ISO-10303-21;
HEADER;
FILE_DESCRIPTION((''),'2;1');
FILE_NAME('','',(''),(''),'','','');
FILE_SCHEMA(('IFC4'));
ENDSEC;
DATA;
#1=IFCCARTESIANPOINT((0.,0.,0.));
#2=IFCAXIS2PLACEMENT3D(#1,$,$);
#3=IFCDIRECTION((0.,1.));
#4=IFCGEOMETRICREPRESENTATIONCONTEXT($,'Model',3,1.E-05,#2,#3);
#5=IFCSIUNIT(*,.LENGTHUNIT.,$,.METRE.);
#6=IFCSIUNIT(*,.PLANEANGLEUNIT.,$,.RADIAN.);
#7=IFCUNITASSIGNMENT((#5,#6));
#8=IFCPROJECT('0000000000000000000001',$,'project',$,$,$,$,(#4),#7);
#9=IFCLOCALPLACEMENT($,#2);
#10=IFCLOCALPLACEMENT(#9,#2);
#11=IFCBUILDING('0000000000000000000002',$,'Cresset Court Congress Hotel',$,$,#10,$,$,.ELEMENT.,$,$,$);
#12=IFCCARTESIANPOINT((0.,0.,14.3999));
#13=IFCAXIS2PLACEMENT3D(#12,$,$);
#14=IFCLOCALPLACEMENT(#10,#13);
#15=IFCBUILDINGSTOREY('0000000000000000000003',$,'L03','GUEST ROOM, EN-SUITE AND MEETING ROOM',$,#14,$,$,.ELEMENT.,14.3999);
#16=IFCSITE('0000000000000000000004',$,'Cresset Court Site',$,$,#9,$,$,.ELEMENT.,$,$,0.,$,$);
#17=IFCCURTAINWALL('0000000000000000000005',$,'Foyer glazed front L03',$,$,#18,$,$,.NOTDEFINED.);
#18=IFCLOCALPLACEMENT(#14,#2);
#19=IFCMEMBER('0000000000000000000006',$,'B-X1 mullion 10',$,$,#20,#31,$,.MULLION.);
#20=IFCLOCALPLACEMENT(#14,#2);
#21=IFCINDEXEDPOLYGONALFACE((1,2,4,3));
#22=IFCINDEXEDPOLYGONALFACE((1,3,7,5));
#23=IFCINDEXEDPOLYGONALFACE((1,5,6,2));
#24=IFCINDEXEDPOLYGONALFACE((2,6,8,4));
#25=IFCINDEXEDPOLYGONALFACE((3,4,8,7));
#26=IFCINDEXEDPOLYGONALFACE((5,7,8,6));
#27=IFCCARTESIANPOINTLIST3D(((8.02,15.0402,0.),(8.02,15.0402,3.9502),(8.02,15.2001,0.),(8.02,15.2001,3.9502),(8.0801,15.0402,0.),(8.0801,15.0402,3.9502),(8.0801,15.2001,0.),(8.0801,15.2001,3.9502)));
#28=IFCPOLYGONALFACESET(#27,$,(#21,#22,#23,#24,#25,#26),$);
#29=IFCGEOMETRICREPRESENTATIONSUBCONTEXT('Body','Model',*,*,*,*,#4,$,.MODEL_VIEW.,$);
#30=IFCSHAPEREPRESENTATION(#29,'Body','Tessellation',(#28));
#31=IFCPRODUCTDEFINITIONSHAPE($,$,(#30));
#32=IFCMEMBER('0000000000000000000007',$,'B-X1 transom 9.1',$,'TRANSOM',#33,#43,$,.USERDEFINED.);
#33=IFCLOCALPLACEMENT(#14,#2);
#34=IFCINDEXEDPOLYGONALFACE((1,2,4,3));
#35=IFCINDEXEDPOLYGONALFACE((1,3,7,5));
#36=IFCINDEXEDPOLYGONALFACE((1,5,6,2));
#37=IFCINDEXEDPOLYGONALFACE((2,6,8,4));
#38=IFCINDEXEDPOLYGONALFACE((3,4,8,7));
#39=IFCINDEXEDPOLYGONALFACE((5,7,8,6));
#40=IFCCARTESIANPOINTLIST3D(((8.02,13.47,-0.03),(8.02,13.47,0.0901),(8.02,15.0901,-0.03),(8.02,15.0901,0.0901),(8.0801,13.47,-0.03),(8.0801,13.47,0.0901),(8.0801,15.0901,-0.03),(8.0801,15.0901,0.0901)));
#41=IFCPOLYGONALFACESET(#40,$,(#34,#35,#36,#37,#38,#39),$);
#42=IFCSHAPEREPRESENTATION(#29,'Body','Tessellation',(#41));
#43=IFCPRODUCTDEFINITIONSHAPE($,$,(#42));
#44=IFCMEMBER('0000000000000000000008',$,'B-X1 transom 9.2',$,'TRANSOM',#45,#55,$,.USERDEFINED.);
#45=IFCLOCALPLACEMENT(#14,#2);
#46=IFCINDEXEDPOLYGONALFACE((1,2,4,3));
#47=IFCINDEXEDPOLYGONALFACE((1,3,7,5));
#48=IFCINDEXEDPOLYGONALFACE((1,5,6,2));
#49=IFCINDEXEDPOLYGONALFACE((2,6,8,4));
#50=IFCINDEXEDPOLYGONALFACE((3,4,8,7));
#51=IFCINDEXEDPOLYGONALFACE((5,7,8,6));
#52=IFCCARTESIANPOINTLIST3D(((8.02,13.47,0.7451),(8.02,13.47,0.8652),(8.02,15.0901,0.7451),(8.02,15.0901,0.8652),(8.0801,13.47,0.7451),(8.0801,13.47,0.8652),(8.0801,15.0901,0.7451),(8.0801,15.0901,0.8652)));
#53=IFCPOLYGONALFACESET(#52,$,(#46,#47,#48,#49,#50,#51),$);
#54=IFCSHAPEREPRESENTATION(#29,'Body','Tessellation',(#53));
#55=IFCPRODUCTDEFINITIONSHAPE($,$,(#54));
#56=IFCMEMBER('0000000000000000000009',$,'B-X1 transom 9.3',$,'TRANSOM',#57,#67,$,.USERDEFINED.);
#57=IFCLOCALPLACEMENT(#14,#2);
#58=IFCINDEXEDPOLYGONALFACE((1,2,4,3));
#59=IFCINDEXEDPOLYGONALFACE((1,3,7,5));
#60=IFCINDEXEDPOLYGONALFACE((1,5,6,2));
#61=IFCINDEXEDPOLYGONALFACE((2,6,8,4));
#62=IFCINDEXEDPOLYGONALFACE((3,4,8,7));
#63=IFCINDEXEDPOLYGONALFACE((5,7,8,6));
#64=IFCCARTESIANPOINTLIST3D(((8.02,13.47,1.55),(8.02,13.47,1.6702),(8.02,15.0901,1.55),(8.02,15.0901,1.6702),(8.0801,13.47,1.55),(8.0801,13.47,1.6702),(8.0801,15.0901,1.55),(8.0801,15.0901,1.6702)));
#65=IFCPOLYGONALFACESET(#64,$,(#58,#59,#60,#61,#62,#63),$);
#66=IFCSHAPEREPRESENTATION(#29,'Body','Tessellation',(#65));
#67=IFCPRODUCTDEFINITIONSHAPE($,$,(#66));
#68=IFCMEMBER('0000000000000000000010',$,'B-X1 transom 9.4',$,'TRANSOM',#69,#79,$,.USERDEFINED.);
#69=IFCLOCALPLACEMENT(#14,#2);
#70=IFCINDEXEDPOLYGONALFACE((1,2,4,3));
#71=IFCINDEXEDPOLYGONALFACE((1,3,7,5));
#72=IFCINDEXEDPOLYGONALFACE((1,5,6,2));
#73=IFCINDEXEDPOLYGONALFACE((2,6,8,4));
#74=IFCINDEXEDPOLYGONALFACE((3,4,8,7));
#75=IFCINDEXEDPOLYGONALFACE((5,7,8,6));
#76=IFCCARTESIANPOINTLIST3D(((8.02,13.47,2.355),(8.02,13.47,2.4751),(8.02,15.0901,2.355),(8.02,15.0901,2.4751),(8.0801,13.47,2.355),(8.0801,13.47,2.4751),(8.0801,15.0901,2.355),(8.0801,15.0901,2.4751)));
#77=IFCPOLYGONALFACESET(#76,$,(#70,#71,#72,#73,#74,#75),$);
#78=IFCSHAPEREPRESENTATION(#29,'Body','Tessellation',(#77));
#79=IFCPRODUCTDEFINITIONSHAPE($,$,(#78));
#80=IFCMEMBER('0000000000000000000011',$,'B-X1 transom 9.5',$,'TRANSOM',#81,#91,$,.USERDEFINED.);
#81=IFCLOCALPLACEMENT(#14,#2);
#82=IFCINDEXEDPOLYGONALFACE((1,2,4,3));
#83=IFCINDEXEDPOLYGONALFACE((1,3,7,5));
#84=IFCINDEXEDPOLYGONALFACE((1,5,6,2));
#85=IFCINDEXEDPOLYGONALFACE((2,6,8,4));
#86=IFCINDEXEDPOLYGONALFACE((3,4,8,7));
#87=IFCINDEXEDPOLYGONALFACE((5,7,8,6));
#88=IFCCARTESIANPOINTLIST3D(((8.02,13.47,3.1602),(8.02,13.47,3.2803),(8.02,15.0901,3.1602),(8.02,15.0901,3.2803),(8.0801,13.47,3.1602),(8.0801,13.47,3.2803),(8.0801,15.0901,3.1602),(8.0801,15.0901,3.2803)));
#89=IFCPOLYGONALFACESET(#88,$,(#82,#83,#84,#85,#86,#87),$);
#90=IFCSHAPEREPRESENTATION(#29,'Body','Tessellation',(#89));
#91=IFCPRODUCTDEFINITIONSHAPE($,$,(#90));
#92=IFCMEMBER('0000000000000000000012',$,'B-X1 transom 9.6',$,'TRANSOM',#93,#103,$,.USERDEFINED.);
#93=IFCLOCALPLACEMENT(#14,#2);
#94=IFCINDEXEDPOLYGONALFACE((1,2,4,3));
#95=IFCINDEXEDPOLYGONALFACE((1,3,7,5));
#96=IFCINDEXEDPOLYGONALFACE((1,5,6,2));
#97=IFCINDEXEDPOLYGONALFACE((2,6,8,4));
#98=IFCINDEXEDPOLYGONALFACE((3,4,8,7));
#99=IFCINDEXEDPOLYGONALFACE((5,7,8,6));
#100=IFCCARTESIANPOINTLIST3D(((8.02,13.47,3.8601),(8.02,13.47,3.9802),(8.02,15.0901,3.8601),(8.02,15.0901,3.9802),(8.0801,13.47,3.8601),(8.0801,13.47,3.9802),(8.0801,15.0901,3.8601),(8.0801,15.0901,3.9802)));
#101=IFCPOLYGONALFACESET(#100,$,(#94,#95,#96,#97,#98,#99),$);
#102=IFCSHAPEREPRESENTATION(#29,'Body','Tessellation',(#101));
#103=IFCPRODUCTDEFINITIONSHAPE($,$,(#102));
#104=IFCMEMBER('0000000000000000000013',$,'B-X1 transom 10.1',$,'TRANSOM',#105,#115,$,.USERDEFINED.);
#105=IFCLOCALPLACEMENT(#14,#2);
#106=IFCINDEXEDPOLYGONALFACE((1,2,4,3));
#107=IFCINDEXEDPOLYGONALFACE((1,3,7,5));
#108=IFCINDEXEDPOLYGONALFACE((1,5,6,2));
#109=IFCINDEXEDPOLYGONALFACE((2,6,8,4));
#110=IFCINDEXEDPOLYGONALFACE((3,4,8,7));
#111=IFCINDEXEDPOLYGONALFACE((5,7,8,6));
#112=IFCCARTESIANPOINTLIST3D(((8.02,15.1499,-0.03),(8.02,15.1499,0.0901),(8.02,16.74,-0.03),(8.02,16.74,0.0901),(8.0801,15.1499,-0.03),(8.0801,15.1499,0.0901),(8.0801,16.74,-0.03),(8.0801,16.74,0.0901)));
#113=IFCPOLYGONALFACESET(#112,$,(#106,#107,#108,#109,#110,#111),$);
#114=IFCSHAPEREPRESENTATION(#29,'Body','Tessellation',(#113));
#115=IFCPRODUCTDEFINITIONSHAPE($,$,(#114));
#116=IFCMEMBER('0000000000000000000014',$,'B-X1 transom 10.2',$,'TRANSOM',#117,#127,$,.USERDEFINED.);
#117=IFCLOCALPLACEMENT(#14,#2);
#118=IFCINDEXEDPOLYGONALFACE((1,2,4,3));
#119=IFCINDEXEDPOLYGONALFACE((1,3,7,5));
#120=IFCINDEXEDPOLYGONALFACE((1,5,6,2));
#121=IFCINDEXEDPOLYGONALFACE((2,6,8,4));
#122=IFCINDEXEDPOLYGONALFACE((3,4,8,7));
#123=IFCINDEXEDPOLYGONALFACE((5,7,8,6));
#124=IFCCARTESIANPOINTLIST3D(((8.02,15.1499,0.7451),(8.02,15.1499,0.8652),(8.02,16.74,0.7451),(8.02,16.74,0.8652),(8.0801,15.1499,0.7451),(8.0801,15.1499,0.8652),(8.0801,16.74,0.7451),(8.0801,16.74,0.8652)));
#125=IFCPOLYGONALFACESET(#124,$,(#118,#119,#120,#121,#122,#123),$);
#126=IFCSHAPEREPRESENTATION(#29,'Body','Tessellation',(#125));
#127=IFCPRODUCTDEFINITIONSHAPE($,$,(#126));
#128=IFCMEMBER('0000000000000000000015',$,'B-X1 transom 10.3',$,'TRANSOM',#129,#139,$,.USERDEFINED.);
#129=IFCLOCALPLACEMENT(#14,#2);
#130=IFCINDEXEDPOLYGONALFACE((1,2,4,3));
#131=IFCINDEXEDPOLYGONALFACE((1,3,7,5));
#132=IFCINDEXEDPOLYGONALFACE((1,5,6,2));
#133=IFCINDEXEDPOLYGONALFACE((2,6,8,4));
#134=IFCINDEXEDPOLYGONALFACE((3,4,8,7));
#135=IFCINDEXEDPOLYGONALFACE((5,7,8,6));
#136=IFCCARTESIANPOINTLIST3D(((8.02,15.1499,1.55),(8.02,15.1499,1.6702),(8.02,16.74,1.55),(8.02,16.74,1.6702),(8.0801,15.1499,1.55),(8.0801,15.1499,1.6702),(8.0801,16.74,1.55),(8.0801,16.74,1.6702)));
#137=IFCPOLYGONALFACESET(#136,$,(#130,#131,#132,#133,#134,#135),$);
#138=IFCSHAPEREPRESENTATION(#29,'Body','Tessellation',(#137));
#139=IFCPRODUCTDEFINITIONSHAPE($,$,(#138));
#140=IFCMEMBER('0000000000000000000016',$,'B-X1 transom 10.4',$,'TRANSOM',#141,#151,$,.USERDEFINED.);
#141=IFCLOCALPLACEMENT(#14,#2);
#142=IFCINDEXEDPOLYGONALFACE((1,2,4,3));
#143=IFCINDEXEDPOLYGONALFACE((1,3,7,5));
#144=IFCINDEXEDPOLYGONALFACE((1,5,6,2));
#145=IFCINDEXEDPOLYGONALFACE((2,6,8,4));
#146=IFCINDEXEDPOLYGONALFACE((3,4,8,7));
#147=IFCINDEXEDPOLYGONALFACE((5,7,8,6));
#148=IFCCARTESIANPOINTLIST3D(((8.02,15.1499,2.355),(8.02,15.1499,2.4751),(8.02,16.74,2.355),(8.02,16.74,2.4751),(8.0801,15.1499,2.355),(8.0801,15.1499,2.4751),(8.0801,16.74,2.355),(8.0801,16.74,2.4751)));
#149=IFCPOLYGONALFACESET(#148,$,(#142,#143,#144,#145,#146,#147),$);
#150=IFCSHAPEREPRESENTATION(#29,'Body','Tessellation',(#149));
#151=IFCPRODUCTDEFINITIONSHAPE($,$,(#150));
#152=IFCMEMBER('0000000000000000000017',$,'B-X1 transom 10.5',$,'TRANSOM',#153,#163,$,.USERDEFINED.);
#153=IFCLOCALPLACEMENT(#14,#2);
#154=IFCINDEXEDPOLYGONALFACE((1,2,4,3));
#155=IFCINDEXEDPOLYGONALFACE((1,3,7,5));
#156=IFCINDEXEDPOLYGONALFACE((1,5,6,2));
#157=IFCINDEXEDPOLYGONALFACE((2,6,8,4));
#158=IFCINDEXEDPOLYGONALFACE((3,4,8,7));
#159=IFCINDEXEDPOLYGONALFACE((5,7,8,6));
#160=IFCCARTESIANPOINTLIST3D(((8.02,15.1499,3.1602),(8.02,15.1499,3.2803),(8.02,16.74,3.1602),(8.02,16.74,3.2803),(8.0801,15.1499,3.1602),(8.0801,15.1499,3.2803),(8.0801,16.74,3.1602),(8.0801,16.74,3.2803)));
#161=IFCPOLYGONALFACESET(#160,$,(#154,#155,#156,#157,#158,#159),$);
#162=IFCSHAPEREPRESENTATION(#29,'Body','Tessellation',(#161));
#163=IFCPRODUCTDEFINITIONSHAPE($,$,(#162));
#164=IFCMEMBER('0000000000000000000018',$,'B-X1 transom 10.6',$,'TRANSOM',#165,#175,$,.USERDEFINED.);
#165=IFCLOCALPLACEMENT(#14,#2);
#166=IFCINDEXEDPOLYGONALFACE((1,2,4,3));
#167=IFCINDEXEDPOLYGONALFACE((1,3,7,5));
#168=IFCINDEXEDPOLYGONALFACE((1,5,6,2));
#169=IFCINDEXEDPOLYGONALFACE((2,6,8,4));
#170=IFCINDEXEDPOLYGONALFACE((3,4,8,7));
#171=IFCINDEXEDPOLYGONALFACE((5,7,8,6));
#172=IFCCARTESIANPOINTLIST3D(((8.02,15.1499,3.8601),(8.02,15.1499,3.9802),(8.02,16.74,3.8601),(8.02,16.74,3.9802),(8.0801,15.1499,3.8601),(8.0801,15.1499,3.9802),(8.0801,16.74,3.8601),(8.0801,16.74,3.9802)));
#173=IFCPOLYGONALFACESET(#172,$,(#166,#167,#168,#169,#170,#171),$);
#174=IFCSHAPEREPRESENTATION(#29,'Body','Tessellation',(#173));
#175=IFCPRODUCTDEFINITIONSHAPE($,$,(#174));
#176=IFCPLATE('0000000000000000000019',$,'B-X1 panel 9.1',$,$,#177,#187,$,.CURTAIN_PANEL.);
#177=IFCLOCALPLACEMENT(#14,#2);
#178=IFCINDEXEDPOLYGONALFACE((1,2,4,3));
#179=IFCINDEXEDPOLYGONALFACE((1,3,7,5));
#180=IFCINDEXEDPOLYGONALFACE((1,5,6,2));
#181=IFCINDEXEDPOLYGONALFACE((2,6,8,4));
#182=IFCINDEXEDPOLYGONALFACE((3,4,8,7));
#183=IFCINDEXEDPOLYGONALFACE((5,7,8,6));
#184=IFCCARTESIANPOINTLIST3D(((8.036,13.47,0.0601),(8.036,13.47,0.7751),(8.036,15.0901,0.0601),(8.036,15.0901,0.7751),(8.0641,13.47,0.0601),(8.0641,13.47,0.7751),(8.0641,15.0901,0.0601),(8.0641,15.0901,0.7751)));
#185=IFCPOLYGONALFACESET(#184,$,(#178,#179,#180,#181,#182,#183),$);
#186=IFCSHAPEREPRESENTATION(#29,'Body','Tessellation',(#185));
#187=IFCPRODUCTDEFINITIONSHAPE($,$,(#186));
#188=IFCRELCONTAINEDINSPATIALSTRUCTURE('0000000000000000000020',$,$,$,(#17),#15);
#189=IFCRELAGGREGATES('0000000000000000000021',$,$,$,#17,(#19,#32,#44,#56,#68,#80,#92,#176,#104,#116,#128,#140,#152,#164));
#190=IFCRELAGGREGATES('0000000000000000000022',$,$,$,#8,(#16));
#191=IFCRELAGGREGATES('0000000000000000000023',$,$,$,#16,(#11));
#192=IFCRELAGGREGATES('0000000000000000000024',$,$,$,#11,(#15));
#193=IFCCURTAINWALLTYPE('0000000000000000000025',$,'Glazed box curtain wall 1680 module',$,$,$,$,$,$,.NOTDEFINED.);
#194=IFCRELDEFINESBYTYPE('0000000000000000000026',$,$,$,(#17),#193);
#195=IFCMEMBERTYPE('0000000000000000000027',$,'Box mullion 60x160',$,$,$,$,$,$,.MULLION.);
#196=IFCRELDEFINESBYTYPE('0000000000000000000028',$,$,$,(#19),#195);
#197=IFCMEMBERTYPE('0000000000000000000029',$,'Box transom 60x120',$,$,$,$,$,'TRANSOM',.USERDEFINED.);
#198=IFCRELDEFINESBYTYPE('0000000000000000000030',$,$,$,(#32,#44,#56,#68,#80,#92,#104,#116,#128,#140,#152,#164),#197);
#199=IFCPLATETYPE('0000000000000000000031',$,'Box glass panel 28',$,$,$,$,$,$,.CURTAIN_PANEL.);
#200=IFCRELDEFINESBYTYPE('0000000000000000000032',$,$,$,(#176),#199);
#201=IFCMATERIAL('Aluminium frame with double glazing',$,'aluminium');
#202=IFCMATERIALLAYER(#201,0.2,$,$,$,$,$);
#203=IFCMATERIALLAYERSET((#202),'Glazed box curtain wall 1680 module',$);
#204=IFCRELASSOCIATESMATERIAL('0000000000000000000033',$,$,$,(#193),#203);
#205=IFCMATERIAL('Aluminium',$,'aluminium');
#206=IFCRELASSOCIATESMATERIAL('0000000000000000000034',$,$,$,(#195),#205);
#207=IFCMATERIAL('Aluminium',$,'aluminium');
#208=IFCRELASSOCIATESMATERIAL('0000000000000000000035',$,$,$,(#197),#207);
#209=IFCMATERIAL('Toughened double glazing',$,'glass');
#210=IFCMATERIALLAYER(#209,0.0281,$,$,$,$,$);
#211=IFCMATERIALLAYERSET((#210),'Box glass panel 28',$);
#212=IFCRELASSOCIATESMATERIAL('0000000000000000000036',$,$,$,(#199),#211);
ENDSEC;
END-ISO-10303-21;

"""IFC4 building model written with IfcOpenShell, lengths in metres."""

from ifc_helpers import new_model, si_unit, direction, frame, origin, origin_2d, place, context, subcontext, project, spatial, rectangle, extrude, material, layer, layer_set, material_profile, profile_set, type_object, element, aggregate, save


model = new_model("IFC4")

# Units and contexts
model_context = context("Model", 3, precision=1e-05, world=origin(), true_north=direction((0.0, 1.0)))
body_context = subcontext(model_context, "Body", "Model", "MODEL_VIEW")
ifc_project = project(units=[si_unit("LENGTHUNIT", "METRE"), si_unit("PLANEANGLEUNIT", "RADIAN")], contexts=[model_context])

# Site, building, storey
site_placement = place(None, origin())
site = spatial("IfcSite", under=ifc_project, at=site_placement, Name="Cresset Court Site", CompositionType="ELEMENT", RefElevation=0.0)
building_placement = place(site_placement, origin())
building = spatial("IfcBuilding", under=site, at=building_placement, Name="Cresset Court Congress Hotel", CompositionType="ELEMENT")
storey_placement = place(building_placement, frame((0.0, 0.0, 14.3999)))
storey = spatial("IfcBuildingStorey", under=building, at=storey_placement, Name="L03", Description="GUEST ROOM, EN-SUITE AND MEETING ROOM", CompositionType="ELEMENT", Elevation=14.3999)

# Curtain wall, members, plate
ifc_material_1 = material(Name="Aluminium frame with double glazing", Category="aluminium")
ifc_layer_1 = layer(ifc_material_1, 0.2)
ifc_layer_set_1 = layer_set([ifc_layer_1], Name="Glazed box curtain wall 1680 module")
curtain_wall_type = type_object("IfcCurtainWallType", Name="Glazed box curtain wall 1680 module", PredefinedType="NOTDEFINED", material=ifc_layer_set_1)
curtain_wall_placement = place(storey_placement, origin())
curtain_wall = element("IfcCurtainWall", 1, at=curtain_wall_placement, inside=storey, type_object=curtain_wall_type, Name="Foyer glazed front L03", PredefinedType="NOTDEFINED")
ifc_material_2 = material(Name="Aluminium", Category="aluminium")
ifc_material_profile_1 = material_profile(ifc_material_2, rectangle(XDim=0.0601, YDim=0.1599, at=origin_2d()), Name="Box mullion 60x160")
ifc_profile_set_1 = profile_set([ifc_material_profile_1], Name="Aluminium")
member_type_1 = type_object("IfcMemberType", Name="Box mullion 60x160", PredefinedType="MULLION", material=ifc_profile_set_1)
member_1_placement = place(storey_placement, frame((8.05, 15.1201, 0.0), z_axis=(0.0, 0.0, 1.0), x_axis=(-1.0, 0.0, 0.0)))
member_1 = element("IfcMember", 2, at=member_1_placement, type_object=member_type_1, Name="B-X1 mullion 10", PredefinedType="MULLION", context=body_context, shape_type="SweptSolid", body=[
    extrude(rectangle(XDim=0.0601, YDim=0.1599, at=origin_2d()), origin(), (0.0, 0.0, 1.0), 3.9502),
])
ifc_material_3 = material(Name="Aluminium", Category="aluminium")
ifc_material_profile_2 = material_profile(ifc_material_3, rectangle(XDim=0.0601, YDim=0.1201, at=origin_2d()), Name="Box transom 60x120")
ifc_profile_set_2 = profile_set([ifc_material_profile_2], Name="Aluminium")
member_type_2 = type_object("IfcMemberType", Name="Box transom 60x120", ElementType="TRANSOM", PredefinedType="USERDEFINED", material=ifc_profile_set_2)
member_2_placement = place(storey_placement, frame((8.05, 13.47, 0.03), z_axis=(0.0, 1.0, 0.0), x_axis=(-1.0, 0.0, 0.0)))
member_2 = element("IfcMember", 3, at=member_2_placement, type_object=member_type_2, Name="B-X1 transom 9.1", ObjectType="TRANSOM", PredefinedType="USERDEFINED", context=body_context, shape_type="SweptSolid", body=[
    extrude(rectangle(XDim=0.0601, YDim=0.1201, at=origin_2d()), origin(), (0.0, 0.0, 1.0), 1.6201),
])
member_3_placement = place(storey_placement, frame((8.05, 13.47, 0.8052), z_axis=(0.0, 1.0, 0.0), x_axis=(-1.0, 0.0, 0.0)))
member_3 = element("IfcMember", 4, at=member_3_placement, type_object=member_type_2, Name="B-X1 transom 9.2", ObjectType="TRANSOM", PredefinedType="USERDEFINED", context=body_context, shape_type="SweptSolid", body=[
    extrude(rectangle(XDim=0.0601, YDim=0.1201, at=origin_2d()), origin(), (0.0, 0.0, 1.0), 1.6201),
])
member_4_placement = place(storey_placement, frame((8.05, 13.47, 1.6101), z_axis=(0.0, 1.0, 0.0), x_axis=(-1.0, 0.0, 0.0)))
member_4 = element("IfcMember", 5, at=member_4_placement, type_object=member_type_2, Name="B-X1 transom 9.3", ObjectType="TRANSOM", PredefinedType="USERDEFINED", context=body_context, shape_type="SweptSolid", body=[
    extrude(rectangle(XDim=0.0601, YDim=0.1201, at=origin_2d()), origin(), (0.0, 0.0, 1.0), 1.6201),
])
member_5_placement = place(storey_placement, frame((8.05, 13.47, 2.415), z_axis=(0.0, 1.0, 0.0), x_axis=(-1.0, 0.0, 0.0)))
member_5 = element("IfcMember", 6, at=member_5_placement, type_object=member_type_2, Name="B-X1 transom 9.4", ObjectType="TRANSOM", PredefinedType="USERDEFINED", context=body_context, shape_type="SweptSolid", body=[
    extrude(rectangle(XDim=0.0601, YDim=0.1201, at=origin_2d()), origin(), (0.0, 0.0, 1.0), 1.6201),
])
member_6_placement = place(storey_placement, frame((8.05, 13.47, 3.2202), z_axis=(0.0, 1.0, 0.0), x_axis=(-1.0, 0.0, 0.0)))
member_6 = element("IfcMember", 7, at=member_6_placement, type_object=member_type_2, Name="B-X1 transom 9.5", ObjectType="TRANSOM", PredefinedType="USERDEFINED", context=body_context, shape_type="SweptSolid", body=[
    extrude(rectangle(XDim=0.0601, YDim=0.1201, at=origin_2d()), origin(), (0.0, 0.0, 1.0), 1.6201),
])
member_7_placement = place(storey_placement, frame((8.05, 13.47, 3.9202), z_axis=(0.0, 1.0, 0.0), x_axis=(-1.0, 0.0, 0.0)))
member_7 = element("IfcMember", 8, at=member_7_placement, type_object=member_type_2, Name="B-X1 transom 9.6", ObjectType="TRANSOM", PredefinedType="USERDEFINED", context=body_context, shape_type="SweptSolid", body=[
    extrude(rectangle(XDim=0.0601, YDim=0.1201, at=origin_2d()), origin(), (0.0, 0.0, 1.0), 1.6201),
])
member_8_placement = place(storey_placement, frame((8.05, 15.1499, 0.03), z_axis=(0.0, 1.0, 0.0), x_axis=(-1.0, 0.0, 0.0)))
member_8 = element("IfcMember", 9, at=member_8_placement, type_object=member_type_2, Name="B-X1 transom 10.1", ObjectType="TRANSOM", PredefinedType="USERDEFINED", context=body_context, shape_type="SweptSolid", body=[
    extrude(rectangle(XDim=0.0601, YDim=0.1201, at=origin_2d()), origin(), (0.0, 0.0, 1.0), 1.5901),
])
member_9_placement = place(storey_placement, frame((8.05, 15.1499, 0.8052), z_axis=(0.0, 1.0, 0.0), x_axis=(-1.0, 0.0, 0.0)))
member_9 = element("IfcMember", 10, at=member_9_placement, type_object=member_type_2, Name="B-X1 transom 10.2", ObjectType="TRANSOM", PredefinedType="USERDEFINED", context=body_context, shape_type="SweptSolid", body=[
    extrude(rectangle(XDim=0.0601, YDim=0.1201, at=origin_2d()), origin(), (0.0, 0.0, 1.0), 1.5901),
])
member_10_placement = place(storey_placement, frame((8.05, 15.1499, 1.6101), z_axis=(0.0, 1.0, 0.0), x_axis=(-1.0, 0.0, 0.0)))
member_10 = element("IfcMember", 11, at=member_10_placement, type_object=member_type_2, Name="B-X1 transom 10.3", ObjectType="TRANSOM", PredefinedType="USERDEFINED", context=body_context, shape_type="SweptSolid", body=[
    extrude(rectangle(XDim=0.0601, YDim=0.1201, at=origin_2d()), origin(), (0.0, 0.0, 1.0), 1.5901),
])
member_11_placement = place(storey_placement, frame((8.05, 15.1499, 2.415), z_axis=(0.0, 1.0, 0.0), x_axis=(-1.0, 0.0, 0.0)))
member_11 = element("IfcMember", 12, at=member_11_placement, type_object=member_type_2, Name="B-X1 transom 10.4", ObjectType="TRANSOM", PredefinedType="USERDEFINED", context=body_context, shape_type="SweptSolid", body=[
    extrude(rectangle(XDim=0.0601, YDim=0.1201, at=origin_2d()), origin(), (0.0, 0.0, 1.0), 1.5901),
])
member_12_placement = place(storey_placement, frame((8.05, 15.1499, 3.2202), z_axis=(0.0, 1.0, 0.0), x_axis=(-1.0, 0.0, 0.0)))
member_12 = element("IfcMember", 13, at=member_12_placement, type_object=member_type_2, Name="B-X1 transom 10.5", ObjectType="TRANSOM", PredefinedType="USERDEFINED", context=body_context, shape_type="SweptSolid", body=[
    extrude(rectangle(XDim=0.0601, YDim=0.1201, at=origin_2d()), origin(), (0.0, 0.0, 1.0), 1.5901),
])
member_13_placement = place(storey_placement, frame((8.05, 15.1499, 3.9202), z_axis=(0.0, 1.0, 0.0), x_axis=(-1.0, 0.0, 0.0)))
member_13 = element("IfcMember", 14, at=member_13_placement, type_object=member_type_2, Name="B-X1 transom 10.6", ObjectType="TRANSOM", PredefinedType="USERDEFINED", context=body_context, shape_type="SweptSolid", body=[
    extrude(rectangle(XDim=0.0601, YDim=0.1201, at=origin_2d()), origin(), (0.0, 0.0, 1.0), 1.5901),
])
ifc_material_4 = material(Name="Toughened double glazing", Category="glass")
ifc_layer_2 = layer(ifc_material_4, 0.0281)
ifc_layer_set_2 = layer_set([ifc_layer_2], Name="Box glass panel 28")
plate_type_1 = type_object("IfcPlateType", Name="Box glass panel 28", PredefinedType="CURTAIN_PANEL", material=ifc_layer_set_2)
plate_1_placement = place(storey_placement, frame((8.05, 14.28, 0.0601), z_axis=(0.0, 0.0, 1.0), x_axis=(0.0, 1.0, 0.0)))
plate_1 = element("IfcPlate", 15, at=plate_1_placement, type_object=plate_type_1, Name="B-X1 panel 9.1", PredefinedType="CURTAIN_PANEL", context=body_context, shape_type="SweptSolid", body=[
    extrude(rectangle(XDim=1.6201, YDim=0.0281, at=origin_2d()), origin(), (0.0, 0.0, 1.0), 0.7151),
])
aggregate(curtain_wall, [member_1, member_2, member_3, member_4, member_5, member_6, member_7, plate_1, member_8, member_9, member_10, member_11, member_12, member_13])

save(model, "model.ifc")
